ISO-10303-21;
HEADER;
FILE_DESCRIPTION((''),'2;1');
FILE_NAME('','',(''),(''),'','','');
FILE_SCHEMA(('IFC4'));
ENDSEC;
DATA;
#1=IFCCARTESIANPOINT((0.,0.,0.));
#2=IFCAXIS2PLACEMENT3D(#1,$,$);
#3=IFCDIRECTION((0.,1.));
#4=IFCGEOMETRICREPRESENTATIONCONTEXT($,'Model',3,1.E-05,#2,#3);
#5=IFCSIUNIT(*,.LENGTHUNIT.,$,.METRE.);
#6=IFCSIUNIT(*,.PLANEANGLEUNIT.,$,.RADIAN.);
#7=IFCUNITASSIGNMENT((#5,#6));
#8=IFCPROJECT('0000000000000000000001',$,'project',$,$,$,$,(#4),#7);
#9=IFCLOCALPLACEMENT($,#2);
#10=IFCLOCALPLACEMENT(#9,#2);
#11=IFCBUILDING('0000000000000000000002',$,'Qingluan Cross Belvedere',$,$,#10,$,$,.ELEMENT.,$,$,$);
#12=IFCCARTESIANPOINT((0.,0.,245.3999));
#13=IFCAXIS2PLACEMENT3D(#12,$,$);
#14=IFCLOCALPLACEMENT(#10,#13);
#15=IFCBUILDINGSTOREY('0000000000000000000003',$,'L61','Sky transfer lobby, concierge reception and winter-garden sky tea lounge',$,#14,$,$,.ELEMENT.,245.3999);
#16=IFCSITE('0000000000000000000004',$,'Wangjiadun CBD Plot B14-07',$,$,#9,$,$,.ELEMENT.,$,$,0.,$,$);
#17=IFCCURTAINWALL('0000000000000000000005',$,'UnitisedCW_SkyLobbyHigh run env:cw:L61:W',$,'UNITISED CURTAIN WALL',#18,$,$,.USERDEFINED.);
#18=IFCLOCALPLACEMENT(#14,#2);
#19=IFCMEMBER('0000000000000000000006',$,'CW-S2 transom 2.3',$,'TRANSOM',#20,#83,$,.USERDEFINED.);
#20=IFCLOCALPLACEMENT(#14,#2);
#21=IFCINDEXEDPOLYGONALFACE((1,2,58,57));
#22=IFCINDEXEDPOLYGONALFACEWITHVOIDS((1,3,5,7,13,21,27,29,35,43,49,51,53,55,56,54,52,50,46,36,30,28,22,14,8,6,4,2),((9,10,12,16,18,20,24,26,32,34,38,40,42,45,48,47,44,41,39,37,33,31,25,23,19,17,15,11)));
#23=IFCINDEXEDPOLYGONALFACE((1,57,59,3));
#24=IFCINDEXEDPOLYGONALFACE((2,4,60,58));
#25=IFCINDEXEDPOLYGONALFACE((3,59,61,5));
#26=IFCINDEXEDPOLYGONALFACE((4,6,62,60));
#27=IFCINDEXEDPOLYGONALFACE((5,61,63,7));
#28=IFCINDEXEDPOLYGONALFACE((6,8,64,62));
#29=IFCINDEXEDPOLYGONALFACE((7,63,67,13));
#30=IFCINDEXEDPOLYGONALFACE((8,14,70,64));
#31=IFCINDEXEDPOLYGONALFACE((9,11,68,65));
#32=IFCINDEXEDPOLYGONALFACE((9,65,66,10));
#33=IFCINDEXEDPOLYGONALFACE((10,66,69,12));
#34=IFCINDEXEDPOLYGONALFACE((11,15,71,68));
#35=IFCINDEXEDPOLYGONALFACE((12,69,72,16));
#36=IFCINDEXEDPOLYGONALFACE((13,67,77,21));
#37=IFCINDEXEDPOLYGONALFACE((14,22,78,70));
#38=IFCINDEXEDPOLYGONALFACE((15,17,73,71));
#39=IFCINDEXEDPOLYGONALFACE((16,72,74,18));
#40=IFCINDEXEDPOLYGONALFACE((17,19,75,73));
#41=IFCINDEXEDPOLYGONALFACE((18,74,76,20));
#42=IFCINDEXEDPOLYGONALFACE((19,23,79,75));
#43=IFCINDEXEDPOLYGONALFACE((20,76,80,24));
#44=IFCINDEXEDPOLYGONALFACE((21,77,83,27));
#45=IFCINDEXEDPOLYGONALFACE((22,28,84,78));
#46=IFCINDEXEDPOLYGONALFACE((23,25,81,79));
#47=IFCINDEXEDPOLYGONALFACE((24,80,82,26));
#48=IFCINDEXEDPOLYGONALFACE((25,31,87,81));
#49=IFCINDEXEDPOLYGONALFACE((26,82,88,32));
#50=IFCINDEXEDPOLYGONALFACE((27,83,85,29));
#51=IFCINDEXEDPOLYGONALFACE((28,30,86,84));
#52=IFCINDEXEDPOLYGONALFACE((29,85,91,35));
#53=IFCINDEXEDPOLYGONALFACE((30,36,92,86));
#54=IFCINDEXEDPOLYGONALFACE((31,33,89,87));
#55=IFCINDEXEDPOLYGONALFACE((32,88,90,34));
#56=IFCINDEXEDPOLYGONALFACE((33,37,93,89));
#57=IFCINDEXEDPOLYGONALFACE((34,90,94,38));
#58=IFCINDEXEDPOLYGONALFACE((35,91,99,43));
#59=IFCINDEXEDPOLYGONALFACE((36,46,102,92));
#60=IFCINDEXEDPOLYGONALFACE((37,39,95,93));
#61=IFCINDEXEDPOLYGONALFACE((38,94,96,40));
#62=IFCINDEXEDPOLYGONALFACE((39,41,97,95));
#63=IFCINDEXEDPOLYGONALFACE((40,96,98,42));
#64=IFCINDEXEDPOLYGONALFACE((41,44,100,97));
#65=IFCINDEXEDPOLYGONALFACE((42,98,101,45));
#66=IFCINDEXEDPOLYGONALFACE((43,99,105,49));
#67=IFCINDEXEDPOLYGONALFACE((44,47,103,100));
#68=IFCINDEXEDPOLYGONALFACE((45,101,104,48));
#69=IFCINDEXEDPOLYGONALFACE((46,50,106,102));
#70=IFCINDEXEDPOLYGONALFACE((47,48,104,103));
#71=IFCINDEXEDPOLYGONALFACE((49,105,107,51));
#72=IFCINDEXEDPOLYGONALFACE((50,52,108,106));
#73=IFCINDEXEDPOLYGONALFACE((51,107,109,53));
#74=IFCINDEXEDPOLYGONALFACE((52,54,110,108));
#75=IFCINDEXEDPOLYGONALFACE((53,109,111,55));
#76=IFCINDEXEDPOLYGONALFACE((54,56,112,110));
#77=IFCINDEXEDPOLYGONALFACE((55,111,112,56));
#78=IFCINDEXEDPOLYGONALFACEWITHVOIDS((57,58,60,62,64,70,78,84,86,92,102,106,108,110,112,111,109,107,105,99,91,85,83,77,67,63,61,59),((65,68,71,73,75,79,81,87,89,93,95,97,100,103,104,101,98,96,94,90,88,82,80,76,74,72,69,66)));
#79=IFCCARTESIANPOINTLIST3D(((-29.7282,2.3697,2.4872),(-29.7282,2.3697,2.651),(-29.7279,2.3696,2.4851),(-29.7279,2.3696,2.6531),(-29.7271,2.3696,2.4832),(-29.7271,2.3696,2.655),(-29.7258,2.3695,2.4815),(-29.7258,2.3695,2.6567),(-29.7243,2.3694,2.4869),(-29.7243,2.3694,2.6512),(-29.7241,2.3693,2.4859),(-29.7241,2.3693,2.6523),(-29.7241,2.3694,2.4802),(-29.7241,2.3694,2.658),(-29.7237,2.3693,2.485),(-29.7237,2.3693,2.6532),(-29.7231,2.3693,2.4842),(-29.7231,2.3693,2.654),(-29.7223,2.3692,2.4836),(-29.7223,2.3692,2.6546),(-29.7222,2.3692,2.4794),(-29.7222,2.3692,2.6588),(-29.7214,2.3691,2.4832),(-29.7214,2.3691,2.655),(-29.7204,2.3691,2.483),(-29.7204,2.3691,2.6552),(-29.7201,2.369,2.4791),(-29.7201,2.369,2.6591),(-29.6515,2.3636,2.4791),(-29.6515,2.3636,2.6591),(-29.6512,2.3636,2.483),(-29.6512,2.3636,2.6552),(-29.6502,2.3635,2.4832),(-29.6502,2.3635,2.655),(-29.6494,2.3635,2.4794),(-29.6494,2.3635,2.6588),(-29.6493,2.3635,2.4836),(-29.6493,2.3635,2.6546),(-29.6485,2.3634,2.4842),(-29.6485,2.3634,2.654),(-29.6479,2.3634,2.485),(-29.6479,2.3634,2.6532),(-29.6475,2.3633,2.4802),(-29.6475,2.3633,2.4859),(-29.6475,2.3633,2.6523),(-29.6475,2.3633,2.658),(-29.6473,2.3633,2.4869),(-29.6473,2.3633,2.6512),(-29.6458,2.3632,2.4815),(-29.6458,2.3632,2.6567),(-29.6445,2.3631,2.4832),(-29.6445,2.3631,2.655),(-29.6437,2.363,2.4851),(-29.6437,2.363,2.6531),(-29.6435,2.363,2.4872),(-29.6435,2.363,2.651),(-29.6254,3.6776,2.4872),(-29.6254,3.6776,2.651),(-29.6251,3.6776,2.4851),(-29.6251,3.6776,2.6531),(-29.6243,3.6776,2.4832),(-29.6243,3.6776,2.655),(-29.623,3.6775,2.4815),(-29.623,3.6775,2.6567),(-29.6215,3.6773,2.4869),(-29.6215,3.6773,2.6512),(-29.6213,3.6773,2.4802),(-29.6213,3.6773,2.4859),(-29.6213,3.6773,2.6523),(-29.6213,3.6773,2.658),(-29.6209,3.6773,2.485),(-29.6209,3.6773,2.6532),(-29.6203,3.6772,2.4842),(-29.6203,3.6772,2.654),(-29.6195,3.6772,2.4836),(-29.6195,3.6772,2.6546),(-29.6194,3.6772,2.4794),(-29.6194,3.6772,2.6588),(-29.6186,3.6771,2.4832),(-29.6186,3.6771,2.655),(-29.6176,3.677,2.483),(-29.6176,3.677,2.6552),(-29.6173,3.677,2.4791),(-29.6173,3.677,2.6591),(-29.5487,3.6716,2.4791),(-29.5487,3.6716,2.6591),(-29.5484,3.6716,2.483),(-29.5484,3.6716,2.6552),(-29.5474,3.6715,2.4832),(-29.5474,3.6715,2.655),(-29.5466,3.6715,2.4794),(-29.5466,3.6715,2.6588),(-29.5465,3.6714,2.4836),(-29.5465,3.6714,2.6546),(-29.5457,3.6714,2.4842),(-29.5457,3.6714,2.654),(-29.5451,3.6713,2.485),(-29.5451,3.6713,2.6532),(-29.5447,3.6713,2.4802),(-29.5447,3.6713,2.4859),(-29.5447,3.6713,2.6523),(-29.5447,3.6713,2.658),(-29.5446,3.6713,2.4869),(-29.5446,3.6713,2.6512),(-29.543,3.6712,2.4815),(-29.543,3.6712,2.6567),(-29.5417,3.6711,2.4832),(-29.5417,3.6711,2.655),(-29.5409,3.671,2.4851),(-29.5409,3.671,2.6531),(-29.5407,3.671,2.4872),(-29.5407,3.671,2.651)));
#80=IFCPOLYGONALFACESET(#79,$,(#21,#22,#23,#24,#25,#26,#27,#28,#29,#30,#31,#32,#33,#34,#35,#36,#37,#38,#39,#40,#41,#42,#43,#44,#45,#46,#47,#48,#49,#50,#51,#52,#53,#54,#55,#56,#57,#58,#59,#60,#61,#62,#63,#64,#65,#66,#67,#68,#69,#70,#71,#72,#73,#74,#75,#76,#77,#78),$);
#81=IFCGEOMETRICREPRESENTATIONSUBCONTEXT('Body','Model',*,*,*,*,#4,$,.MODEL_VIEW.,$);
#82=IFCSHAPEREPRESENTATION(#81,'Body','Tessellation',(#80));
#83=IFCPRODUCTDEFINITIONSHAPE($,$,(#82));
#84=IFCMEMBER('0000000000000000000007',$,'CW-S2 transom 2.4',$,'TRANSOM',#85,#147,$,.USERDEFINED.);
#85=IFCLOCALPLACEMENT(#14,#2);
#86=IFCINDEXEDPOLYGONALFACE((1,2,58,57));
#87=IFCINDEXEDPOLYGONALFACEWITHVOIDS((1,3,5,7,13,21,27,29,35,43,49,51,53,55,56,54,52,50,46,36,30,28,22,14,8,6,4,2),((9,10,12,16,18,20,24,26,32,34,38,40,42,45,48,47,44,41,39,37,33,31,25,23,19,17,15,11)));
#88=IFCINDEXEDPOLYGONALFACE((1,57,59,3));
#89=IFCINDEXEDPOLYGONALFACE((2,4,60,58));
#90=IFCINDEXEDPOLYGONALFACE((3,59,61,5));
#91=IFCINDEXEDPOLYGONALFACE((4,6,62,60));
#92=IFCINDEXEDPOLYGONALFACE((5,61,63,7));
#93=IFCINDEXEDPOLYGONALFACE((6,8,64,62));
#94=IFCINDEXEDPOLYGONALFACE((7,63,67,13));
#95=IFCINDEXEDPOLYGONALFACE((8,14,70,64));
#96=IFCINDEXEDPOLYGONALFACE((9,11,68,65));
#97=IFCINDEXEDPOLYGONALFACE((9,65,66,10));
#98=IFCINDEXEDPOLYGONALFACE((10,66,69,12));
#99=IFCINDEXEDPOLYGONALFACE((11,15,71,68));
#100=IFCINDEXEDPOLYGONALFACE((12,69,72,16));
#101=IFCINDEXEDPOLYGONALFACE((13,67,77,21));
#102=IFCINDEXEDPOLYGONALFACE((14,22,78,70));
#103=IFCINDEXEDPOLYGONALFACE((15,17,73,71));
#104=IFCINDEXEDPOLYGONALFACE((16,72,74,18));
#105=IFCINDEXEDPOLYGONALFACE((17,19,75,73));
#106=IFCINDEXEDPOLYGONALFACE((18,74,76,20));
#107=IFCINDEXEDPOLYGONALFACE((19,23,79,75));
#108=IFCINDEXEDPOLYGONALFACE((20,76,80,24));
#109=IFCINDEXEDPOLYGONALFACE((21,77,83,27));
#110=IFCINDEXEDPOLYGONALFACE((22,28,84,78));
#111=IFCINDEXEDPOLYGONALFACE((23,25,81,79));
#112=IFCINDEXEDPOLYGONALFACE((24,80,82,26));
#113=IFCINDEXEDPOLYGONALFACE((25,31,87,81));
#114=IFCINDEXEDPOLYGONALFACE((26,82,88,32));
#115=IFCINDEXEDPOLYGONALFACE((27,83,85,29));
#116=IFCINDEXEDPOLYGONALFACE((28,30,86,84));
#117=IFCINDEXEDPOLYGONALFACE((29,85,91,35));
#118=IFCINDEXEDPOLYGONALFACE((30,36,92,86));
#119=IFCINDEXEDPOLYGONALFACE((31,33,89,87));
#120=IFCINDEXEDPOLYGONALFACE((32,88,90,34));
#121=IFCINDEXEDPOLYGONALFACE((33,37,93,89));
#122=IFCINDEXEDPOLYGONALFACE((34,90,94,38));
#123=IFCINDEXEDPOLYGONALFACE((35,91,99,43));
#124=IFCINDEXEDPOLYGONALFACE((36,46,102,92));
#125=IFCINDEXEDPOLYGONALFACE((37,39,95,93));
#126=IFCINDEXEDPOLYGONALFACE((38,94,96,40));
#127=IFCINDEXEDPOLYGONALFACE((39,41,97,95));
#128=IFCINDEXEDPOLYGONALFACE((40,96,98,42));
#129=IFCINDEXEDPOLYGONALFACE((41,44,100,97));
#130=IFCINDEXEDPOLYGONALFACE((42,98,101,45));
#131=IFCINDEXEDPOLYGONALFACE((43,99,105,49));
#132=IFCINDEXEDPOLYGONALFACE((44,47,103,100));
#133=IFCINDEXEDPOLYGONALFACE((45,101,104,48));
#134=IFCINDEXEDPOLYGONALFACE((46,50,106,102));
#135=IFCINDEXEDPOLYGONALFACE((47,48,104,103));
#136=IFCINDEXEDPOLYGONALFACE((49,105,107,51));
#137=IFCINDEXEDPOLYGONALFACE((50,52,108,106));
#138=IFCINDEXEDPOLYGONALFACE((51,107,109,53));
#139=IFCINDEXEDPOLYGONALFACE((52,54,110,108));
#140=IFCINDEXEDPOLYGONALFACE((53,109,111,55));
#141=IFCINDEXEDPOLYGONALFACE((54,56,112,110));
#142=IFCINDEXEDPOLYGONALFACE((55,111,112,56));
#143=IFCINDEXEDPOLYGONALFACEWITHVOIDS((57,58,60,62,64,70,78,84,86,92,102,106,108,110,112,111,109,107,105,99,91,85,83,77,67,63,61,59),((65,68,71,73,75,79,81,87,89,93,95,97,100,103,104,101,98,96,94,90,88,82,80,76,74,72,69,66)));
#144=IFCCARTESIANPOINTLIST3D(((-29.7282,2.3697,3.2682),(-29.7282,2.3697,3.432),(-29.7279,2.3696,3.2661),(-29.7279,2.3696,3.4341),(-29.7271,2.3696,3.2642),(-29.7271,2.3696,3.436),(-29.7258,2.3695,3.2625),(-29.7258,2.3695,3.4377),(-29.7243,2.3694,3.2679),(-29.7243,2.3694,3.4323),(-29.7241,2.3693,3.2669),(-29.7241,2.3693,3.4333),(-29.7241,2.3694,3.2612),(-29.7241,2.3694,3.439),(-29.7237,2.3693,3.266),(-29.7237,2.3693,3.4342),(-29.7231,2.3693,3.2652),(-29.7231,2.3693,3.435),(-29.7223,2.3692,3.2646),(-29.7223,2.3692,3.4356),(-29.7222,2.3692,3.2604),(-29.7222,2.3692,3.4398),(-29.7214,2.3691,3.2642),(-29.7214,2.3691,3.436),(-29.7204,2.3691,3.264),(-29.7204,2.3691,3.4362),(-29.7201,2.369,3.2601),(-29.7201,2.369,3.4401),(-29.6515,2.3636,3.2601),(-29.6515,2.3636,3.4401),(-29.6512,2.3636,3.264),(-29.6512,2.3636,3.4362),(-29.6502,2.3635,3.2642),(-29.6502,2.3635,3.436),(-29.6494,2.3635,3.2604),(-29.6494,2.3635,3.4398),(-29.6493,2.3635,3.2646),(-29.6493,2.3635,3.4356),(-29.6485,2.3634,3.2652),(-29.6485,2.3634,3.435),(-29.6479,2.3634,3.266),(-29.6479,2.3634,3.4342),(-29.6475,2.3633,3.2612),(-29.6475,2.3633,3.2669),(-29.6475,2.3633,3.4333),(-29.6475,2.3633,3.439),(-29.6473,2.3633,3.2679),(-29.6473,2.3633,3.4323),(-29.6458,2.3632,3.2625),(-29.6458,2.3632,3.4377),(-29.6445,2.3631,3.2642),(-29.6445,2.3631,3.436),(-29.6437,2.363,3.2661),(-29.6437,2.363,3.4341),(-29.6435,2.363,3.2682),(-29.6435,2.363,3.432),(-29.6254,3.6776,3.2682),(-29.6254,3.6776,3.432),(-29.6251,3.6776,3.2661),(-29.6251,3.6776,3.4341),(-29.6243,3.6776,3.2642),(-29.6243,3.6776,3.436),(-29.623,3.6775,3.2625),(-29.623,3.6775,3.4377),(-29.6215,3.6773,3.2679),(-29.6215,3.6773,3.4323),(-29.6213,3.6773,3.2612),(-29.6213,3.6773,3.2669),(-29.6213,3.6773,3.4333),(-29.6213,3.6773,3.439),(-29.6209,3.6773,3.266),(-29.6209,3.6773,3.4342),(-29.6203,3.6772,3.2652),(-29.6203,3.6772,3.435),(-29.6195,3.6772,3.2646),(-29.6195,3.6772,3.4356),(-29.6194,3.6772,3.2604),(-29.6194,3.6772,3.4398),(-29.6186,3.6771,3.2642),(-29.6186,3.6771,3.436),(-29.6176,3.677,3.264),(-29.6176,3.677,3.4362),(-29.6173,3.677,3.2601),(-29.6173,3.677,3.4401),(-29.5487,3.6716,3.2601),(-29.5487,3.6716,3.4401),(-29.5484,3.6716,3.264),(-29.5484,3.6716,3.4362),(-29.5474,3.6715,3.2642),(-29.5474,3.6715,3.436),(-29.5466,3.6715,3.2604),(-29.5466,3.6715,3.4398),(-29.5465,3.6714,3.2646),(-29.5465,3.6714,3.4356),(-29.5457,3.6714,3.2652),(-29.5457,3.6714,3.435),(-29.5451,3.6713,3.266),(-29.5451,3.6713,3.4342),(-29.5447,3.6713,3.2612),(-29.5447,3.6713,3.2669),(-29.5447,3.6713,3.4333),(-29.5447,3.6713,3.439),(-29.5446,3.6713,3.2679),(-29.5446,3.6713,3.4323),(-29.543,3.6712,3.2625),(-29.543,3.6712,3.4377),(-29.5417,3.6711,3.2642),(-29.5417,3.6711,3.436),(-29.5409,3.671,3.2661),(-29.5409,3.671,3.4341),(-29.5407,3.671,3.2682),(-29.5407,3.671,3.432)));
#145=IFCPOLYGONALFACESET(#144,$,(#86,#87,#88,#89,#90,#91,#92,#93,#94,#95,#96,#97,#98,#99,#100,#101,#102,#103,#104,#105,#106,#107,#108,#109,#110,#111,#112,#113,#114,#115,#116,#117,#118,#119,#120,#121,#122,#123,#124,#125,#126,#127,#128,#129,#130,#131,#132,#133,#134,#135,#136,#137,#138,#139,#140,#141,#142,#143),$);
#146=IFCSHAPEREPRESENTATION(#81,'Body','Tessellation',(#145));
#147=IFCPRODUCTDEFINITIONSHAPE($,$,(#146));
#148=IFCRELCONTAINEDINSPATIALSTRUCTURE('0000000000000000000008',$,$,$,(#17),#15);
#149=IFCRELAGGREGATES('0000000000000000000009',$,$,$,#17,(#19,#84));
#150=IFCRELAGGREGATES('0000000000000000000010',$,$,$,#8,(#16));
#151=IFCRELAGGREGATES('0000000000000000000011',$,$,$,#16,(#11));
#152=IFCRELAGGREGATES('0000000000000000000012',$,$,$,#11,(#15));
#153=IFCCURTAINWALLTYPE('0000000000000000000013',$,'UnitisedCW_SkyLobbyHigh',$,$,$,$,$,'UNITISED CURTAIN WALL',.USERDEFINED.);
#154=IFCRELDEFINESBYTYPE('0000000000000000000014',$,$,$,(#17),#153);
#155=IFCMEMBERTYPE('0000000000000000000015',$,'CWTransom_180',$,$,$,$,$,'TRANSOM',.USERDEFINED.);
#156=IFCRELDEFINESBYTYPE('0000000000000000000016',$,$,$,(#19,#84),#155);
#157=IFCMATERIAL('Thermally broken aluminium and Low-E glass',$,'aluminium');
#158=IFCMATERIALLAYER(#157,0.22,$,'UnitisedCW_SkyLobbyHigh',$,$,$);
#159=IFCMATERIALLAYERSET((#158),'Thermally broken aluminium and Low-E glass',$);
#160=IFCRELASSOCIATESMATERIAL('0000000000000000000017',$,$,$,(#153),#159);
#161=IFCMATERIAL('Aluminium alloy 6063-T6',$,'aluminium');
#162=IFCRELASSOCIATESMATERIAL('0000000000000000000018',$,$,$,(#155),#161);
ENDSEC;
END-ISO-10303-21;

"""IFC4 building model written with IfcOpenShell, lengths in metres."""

from ifc_helpers import new_model, si_unit, direction, frame, origin, origin_2d, place, context, subcontext, project, spatial, hollow_rectangle, extrude, material, layer, layer_set, material_profile, profile_set, type_object, element, aggregate, save


model = new_model("IFC4")

# Units and contexts
model_context = context("Model", 3, precision=1e-05, world=origin(), true_north=direction((0.0, 1.0)))
body_context = subcontext(model_context, "Body", "Model", "MODEL_VIEW")
ifc_project = project(units=[si_unit("LENGTHUNIT", "METRE"), si_unit("PLANEANGLEUNIT", "RADIAN")], contexts=[model_context])

# Site, building, storey
site_placement = place(None, origin())
site = spatial("IfcSite", under=ifc_project, at=site_placement, Name="Wangjiadun CBD Plot B14-07", CompositionType="ELEMENT", RefElevation=0.0)
building_placement = place(site_placement, origin())
building = spatial("IfcBuilding", under=site, at=building_placement, Name="Qingluan Cross Belvedere", CompositionType="ELEMENT")
storey_placement = place(building_placement, frame((0.0, 0.0, 245.3999)))
storey = spatial("IfcBuildingStorey", under=building, at=storey_placement, Name="L61", Description="Sky transfer lobby, concierge reception and winter-garden sky tea lounge", CompositionType="ELEMENT", Elevation=245.3999)

# Curtain wall, members
ifc_material_1 = material(Name="Thermally broken aluminium and Low-E glass", Category="aluminium")
ifc_layer_1 = layer(ifc_material_1, 0.22, Name="UnitisedCW_SkyLobbyHigh")
ifc_layer_set_1 = layer_set([ifc_layer_1], Name="Thermally broken aluminium and Low-E glass")
curtain_wall_type = type_object("IfcCurtainWallType", Name="UnitisedCW_SkyLobbyHigh", ElementType="UNITISED CURTAIN WALL", PredefinedType="USERDEFINED", material=ifc_layer_set_1)
curtain_wall_placement = place(storey_placement, origin())
curtain_wall = element("IfcCurtainWall", 1, at=curtain_wall_placement, inside=storey, type_object=curtain_wall_type, Name="UnitisedCW_SkyLobbyHigh run env:cw:L61:W", ObjectType="UNITISED CURTAIN WALL", PredefinedType="USERDEFINED")
ifc_material_2 = material(Name="Aluminium alloy 6063-T6", Category="aluminium")
ifc_material_profile_1 = material_profile(ifc_material_2, hollow_rectangle(XDim=0.085, YDim=0.1799, WallThickness=0.0039, InnerFilletRadius=0.0039, OuterFilletRadius=0.0081, at=origin_2d()), Name="CWT180x85x4")
ifc_profile_set_1 = profile_set([ifc_material_profile_1], Name="Aluminium alloy 6063-T6")
member_type_1 = type_object("IfcMemberType", Name="CWTransom_180", ElementType="TRANSOM", PredefinedType="USERDEFINED", material=ifc_profile_set_1)
member_1_placement = place(storey_placement, frame((-29.583, 3.6743, 2.5691), z_axis=(-0.078347, -0.996926, 0.0), x_axis=(0.996926, -0.078347, 0.0)))
member_1 = element("IfcMember", 2, at=member_1_placement, type_object=member_type_1, Name="CW-S2 transom 2.3", ObjectType="TRANSOM", PredefinedType="USERDEFINED", context=body_context, shape_type="SweptSolid", body=[
    extrude(hollow_rectangle(XDim=0.085, YDim=0.1799, WallThickness=0.0039, InnerFilletRadius=0.0039, OuterFilletRadius=0.0081, at=origin_2d()), origin(), (0.0, 0.0, 1.0), 1.312),
])
member_2_placement = place(storey_placement, frame((-29.583, 3.6743, 3.3501), z_axis=(-0.078347, -0.996926, 0.0), x_axis=(0.996926, -0.078347, 0.0)))
member_2 = element("IfcMember", 3, at=member_2_placement, type_object=member_type_1, Name="CW-S2 transom 2.4", ObjectType="TRANSOM", PredefinedType="USERDEFINED", context=body_context, shape_type="SweptSolid", body=[
    extrude(hollow_rectangle(XDim=0.085, YDim=0.1799, WallThickness=0.0039, InnerFilletRadius=0.0039, OuterFilletRadius=0.0081, at=origin_2d()), origin(), (0.0, 0.0, 1.0), 1.312),
])
aggregate(curtain_wall, [member_1, member_2])

save(model, "model.ifc")
